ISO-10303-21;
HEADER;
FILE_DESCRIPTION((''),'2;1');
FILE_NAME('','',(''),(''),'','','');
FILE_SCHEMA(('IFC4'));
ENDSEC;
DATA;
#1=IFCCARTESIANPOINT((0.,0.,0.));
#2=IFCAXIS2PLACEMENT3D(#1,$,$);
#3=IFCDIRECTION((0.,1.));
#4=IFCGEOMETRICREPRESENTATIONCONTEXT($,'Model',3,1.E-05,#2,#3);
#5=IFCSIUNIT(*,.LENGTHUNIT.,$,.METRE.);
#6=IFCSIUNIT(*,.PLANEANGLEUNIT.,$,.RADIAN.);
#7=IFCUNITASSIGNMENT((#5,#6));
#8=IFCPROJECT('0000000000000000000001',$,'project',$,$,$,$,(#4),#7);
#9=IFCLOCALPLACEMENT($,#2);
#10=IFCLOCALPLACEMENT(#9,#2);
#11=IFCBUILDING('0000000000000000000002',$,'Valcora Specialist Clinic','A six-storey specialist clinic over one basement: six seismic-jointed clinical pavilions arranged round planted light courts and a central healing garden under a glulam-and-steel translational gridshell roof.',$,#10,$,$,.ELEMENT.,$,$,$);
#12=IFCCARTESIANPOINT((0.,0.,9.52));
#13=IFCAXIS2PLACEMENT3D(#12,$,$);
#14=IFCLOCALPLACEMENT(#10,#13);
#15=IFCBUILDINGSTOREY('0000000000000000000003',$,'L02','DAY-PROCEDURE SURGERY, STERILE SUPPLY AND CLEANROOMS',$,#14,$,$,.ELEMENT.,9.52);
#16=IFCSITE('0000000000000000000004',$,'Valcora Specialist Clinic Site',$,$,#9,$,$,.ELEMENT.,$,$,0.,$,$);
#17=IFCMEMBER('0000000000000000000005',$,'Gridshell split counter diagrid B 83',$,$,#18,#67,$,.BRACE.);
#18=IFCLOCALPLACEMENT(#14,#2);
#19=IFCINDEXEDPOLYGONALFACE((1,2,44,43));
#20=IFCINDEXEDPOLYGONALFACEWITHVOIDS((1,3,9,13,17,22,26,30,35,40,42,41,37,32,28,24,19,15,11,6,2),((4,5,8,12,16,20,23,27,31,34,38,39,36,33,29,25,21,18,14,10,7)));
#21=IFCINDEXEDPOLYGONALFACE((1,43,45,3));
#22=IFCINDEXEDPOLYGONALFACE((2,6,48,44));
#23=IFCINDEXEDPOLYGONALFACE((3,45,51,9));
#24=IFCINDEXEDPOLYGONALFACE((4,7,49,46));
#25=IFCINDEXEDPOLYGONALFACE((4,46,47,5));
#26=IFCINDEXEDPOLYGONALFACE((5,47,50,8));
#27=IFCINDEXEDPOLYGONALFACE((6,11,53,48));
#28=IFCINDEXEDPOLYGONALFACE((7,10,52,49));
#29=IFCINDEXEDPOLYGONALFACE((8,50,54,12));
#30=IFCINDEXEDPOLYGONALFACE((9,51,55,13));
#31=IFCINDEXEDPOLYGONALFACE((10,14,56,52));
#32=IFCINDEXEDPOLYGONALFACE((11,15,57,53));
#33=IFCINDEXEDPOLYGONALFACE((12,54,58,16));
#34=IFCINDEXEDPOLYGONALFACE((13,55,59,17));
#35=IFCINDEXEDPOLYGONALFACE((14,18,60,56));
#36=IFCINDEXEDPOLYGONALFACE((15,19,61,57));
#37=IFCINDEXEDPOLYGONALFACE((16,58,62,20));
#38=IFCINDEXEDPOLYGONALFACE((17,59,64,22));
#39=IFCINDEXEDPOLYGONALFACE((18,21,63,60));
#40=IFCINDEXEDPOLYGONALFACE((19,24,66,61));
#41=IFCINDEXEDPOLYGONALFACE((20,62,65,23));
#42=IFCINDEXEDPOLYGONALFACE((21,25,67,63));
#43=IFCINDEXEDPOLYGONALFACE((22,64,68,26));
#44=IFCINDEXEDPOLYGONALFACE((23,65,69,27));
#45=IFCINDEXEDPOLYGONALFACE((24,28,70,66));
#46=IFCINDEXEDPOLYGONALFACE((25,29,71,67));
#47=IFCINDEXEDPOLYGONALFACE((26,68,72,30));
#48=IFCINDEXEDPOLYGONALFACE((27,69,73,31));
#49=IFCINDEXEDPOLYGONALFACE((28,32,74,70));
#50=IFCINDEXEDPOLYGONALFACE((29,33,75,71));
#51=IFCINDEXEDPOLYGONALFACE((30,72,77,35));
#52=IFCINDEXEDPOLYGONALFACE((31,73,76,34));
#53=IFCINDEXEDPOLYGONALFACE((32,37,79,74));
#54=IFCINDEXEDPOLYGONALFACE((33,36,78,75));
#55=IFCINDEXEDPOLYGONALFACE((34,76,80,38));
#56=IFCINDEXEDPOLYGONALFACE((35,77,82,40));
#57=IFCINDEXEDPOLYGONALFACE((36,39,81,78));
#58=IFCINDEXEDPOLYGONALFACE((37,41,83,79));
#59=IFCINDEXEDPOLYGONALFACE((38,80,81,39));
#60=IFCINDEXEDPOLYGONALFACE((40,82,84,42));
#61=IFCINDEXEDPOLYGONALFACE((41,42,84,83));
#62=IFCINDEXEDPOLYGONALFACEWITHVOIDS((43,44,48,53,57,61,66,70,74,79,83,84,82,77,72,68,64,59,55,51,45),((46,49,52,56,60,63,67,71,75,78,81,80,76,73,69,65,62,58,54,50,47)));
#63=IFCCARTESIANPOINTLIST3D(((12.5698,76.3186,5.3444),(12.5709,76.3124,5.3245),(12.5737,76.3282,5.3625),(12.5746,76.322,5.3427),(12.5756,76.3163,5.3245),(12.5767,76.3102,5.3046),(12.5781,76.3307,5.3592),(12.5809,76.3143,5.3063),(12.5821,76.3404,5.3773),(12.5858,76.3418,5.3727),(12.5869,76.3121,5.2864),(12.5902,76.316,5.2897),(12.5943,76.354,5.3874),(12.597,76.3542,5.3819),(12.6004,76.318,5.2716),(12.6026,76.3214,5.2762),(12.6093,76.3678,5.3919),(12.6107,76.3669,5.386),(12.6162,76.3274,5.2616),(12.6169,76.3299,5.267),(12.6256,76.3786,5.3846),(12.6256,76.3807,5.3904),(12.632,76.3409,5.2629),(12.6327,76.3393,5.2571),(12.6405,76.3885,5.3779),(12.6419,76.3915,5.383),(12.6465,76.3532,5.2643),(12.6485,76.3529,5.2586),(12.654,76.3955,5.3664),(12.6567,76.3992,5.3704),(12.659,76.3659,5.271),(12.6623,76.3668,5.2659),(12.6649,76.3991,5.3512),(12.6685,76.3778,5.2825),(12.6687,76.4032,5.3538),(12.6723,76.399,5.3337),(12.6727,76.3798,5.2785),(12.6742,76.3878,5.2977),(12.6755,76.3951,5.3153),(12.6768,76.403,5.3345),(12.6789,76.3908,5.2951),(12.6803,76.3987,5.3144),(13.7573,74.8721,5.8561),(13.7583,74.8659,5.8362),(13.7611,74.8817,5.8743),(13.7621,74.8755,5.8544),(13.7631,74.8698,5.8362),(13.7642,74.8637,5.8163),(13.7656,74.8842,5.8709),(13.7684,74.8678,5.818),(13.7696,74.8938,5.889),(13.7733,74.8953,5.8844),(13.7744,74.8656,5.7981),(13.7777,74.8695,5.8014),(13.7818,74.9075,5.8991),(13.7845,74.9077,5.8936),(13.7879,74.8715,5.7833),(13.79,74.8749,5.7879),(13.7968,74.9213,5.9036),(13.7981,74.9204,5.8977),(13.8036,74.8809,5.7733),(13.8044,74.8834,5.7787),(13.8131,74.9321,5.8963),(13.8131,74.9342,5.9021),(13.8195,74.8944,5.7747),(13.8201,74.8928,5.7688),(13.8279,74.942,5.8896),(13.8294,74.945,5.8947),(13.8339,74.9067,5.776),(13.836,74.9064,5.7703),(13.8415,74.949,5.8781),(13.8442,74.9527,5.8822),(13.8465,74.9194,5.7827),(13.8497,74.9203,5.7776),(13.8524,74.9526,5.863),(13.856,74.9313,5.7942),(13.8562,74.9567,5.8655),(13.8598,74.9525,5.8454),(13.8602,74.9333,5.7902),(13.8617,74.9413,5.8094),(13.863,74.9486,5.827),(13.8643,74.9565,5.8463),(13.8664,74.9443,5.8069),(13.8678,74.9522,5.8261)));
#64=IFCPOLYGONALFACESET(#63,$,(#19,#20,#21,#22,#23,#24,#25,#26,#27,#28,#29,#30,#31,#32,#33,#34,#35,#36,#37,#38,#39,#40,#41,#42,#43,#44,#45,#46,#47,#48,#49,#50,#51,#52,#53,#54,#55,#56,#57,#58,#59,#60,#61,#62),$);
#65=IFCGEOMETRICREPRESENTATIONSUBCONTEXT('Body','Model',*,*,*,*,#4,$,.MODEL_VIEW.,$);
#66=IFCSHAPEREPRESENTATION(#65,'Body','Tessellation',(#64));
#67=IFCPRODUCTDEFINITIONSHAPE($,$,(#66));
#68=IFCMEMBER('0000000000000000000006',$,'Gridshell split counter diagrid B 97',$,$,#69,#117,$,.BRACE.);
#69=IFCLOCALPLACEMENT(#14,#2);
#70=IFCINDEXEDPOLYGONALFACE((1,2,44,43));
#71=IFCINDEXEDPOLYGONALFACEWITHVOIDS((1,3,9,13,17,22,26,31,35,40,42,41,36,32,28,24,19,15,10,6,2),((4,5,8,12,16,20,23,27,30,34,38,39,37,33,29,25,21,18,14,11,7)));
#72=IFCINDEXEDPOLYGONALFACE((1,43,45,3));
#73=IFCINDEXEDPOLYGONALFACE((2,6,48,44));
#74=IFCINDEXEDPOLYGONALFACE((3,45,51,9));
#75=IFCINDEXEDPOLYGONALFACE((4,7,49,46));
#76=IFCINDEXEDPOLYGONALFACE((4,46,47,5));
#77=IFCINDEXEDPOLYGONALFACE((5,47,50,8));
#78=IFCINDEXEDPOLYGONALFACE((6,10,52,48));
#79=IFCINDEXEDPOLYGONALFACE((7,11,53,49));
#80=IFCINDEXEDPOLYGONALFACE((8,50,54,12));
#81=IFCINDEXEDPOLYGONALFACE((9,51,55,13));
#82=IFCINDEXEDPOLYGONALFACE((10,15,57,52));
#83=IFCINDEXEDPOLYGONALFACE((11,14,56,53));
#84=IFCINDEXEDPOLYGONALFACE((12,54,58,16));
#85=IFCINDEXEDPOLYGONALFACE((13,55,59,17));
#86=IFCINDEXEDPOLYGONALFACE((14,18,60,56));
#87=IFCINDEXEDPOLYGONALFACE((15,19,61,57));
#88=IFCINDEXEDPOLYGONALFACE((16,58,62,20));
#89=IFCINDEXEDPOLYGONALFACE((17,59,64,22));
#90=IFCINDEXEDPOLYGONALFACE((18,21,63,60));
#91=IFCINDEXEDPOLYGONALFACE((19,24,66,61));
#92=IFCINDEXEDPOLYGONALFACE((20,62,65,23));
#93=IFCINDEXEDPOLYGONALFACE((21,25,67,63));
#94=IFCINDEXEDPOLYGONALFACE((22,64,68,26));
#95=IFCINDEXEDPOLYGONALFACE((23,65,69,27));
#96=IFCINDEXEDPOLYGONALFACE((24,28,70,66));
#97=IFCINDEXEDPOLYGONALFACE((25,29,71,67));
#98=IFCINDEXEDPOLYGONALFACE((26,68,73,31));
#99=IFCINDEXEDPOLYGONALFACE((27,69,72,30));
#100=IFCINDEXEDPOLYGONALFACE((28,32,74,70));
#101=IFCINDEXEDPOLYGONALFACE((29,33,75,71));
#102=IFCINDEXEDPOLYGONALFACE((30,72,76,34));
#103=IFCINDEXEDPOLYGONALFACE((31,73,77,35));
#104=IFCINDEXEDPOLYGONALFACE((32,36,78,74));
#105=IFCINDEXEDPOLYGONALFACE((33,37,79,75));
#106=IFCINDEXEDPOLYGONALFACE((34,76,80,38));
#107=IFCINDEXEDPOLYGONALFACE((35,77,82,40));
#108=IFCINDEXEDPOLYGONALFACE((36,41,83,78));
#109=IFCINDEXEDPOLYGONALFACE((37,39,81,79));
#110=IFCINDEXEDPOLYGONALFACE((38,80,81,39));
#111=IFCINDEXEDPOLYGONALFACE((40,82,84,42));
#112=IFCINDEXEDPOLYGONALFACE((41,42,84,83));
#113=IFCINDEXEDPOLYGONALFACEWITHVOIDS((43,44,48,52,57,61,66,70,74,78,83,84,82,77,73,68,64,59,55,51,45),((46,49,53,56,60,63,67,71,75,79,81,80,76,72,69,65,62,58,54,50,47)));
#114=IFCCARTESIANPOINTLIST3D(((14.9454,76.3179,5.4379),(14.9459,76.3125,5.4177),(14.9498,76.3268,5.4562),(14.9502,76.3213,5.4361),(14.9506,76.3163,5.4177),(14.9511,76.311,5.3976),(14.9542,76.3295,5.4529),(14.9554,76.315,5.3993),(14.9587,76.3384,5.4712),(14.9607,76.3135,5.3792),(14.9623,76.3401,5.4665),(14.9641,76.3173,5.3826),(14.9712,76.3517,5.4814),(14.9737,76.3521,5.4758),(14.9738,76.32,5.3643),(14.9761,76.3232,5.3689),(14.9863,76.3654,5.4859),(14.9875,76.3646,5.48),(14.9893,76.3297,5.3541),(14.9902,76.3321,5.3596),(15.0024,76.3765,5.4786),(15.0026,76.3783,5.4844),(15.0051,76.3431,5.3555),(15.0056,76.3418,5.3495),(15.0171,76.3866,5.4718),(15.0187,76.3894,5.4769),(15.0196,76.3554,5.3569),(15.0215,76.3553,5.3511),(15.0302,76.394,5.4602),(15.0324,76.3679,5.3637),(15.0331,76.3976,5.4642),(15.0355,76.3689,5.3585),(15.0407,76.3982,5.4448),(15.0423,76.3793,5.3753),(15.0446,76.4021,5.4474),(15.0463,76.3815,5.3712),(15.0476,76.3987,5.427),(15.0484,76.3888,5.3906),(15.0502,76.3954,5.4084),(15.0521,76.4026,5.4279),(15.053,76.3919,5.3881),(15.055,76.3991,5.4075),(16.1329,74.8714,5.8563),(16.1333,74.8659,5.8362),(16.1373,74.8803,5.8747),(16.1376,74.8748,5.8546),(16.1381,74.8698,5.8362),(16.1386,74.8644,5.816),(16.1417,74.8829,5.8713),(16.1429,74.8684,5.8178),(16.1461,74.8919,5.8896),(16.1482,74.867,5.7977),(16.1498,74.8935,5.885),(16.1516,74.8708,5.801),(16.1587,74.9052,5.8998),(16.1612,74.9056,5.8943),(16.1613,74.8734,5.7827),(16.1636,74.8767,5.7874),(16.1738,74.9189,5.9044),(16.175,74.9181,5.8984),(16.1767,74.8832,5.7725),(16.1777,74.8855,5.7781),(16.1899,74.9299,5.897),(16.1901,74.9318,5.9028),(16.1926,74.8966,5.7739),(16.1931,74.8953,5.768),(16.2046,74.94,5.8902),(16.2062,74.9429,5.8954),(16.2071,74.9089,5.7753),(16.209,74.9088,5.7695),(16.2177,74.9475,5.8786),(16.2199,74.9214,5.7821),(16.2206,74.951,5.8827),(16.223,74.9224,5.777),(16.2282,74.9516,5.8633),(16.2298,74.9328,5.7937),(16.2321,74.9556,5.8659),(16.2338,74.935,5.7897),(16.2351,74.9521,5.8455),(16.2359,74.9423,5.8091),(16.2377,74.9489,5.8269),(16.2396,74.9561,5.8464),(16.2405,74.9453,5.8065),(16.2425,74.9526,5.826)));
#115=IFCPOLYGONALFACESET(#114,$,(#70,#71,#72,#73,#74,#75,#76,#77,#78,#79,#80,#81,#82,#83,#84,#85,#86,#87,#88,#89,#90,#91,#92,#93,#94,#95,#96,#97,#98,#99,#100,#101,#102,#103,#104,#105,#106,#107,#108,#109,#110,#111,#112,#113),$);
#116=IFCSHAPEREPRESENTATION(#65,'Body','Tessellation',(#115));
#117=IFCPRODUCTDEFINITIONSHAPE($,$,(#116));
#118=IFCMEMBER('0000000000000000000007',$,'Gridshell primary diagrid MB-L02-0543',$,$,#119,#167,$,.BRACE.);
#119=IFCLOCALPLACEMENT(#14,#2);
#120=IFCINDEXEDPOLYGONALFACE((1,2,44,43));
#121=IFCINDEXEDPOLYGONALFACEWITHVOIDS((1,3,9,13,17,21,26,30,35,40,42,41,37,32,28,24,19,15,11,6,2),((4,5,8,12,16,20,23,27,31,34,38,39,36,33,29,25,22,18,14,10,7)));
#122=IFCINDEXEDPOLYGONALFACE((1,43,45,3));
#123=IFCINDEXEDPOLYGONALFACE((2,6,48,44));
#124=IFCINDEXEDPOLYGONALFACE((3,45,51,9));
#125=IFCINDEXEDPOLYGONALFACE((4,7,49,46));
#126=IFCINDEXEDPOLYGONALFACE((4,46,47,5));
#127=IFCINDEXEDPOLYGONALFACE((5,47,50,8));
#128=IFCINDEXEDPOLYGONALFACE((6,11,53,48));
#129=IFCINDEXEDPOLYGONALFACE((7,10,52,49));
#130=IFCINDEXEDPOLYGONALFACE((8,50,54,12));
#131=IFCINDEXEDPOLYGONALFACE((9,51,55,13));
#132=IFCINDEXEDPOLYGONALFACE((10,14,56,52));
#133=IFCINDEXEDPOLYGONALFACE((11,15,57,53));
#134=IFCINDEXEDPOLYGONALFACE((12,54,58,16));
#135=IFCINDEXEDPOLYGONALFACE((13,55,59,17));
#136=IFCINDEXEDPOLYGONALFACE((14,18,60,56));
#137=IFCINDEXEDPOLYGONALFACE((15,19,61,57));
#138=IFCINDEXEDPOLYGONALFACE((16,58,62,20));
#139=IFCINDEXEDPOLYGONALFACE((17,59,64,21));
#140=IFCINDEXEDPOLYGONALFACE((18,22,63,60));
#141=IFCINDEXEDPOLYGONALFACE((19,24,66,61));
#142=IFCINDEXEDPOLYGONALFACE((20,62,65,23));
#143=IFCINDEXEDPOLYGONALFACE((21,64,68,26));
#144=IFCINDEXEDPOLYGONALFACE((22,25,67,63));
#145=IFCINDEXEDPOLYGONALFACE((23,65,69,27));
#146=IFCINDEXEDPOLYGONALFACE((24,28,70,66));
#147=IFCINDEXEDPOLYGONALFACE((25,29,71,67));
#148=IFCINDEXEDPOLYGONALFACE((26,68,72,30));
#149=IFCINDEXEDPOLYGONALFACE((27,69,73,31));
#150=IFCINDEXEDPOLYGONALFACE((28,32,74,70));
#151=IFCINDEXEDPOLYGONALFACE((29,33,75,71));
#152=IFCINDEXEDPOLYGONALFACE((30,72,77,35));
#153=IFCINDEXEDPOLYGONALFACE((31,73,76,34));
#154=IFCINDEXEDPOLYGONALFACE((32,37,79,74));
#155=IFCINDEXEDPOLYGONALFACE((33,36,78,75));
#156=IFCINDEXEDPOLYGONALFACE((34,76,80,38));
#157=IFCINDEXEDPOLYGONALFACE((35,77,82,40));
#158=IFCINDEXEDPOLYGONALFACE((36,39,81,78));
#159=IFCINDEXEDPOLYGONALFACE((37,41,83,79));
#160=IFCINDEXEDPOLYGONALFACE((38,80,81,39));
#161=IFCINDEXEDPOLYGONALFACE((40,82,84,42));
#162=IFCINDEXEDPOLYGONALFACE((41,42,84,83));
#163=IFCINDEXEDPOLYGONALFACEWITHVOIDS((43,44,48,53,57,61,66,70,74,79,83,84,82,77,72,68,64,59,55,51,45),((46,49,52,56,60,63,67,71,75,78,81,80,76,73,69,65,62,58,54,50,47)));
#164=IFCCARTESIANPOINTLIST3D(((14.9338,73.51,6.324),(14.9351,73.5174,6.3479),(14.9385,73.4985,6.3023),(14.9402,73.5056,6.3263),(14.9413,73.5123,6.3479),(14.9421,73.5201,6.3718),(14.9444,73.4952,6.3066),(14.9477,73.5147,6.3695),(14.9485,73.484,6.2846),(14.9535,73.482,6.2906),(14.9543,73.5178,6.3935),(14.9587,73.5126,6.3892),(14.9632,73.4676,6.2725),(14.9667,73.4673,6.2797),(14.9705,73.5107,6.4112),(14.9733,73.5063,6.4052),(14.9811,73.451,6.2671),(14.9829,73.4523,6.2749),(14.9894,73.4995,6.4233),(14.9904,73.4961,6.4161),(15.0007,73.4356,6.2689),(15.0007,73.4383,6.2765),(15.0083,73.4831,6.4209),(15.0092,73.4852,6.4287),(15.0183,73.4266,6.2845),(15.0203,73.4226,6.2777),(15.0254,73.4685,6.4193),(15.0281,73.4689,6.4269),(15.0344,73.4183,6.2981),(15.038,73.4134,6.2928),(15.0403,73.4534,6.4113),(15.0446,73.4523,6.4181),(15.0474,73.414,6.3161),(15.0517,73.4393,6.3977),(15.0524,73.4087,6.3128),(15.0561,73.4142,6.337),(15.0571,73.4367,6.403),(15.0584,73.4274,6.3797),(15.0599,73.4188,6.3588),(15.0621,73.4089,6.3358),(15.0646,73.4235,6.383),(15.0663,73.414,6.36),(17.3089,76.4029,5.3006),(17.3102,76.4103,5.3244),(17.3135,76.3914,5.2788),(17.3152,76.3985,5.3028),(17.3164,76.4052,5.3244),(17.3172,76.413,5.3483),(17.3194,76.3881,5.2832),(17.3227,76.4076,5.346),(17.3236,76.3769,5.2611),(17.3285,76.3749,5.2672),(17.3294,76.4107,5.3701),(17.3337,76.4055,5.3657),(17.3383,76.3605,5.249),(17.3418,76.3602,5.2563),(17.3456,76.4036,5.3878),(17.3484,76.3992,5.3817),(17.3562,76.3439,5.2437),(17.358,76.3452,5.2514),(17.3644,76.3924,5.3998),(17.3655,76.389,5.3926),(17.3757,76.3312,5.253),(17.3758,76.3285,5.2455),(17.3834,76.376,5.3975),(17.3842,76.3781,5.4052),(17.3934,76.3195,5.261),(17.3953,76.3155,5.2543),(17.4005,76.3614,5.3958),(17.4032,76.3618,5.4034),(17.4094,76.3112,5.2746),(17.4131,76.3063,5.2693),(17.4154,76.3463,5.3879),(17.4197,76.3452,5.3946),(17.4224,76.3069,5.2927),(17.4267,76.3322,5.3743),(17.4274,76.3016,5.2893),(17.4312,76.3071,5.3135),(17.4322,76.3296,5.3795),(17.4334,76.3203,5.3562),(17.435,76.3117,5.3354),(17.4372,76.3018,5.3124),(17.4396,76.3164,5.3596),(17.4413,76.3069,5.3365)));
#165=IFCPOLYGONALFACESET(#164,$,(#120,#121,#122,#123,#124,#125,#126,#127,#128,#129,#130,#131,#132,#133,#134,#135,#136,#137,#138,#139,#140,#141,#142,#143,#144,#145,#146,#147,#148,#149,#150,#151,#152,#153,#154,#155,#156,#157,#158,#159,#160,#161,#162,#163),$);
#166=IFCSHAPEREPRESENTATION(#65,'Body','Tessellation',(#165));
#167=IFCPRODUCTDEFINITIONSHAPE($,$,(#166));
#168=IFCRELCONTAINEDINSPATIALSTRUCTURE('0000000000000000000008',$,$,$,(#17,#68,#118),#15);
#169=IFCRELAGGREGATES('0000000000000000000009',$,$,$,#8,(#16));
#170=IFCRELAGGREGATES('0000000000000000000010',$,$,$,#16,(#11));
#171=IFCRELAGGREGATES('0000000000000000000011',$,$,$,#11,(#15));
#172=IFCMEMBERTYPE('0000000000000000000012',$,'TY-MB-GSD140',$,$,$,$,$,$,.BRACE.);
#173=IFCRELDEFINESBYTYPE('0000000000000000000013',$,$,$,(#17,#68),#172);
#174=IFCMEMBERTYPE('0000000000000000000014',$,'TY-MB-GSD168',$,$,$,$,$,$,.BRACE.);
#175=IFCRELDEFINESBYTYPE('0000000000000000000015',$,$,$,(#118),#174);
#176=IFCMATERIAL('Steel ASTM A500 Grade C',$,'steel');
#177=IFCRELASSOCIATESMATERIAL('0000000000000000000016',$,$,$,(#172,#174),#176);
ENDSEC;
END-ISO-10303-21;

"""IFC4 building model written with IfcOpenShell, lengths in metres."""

from ifc_helpers import new_model, si_unit, direction, frame, origin, origin_2d, place, context, subcontext, project, spatial, hollow_circle, extrude, material, material_profile, profile_set, type_object, element, save


model = new_model("IFC4")

# Units and contexts
model_context = context("Model", 3, precision=1e-05, world=origin(), true_north=direction((0.0, 1.0)))
body_context = subcontext(model_context, "Body", "Model", "MODEL_VIEW")
ifc_project = project(units=[si_unit("LENGTHUNIT", "METRE"), si_unit("PLANEANGLEUNIT", "RADIAN")], contexts=[model_context])

# Site, building, storey
site_placement = place(None, origin())
site = spatial("IfcSite", under=ifc_project, at=site_placement, Name="Valcora Specialist Clinic Site", CompositionType="ELEMENT", RefElevation=0.0)
building_placement = place(site_placement, origin())
building = spatial("IfcBuilding", under=site, at=building_placement, Name="Valcora Specialist Clinic", Description="A six-storey specialist clinic over one basement: six seismic-jointed clinical pavilions arranged round planted light courts and a central healing garden under a glulam-and-steel translational gridshell roof.", CompositionType="ELEMENT")
storey_placement = place(building_placement, frame((0.0, 0.0, 9.52)))
storey = spatial("IfcBuildingStorey", under=building, at=storey_placement, Name="L02", Description="DAY-PROCEDURE SURGERY, STERILE SUPPLY AND CLEANROOMS", CompositionType="ELEMENT", Elevation=9.52)

# Members
ifc_material_1 = material(Name="Steel ASTM A500 Grade C", Category="steel")
ifc_material_profile_1 = material_profile(ifc_material_1, hollow_circle(Radius=0.0701, WallThickness=0.0061, at=origin_2d()), Name="ST-CHS-140X6")
ifc_profile_set_1 = profile_set([ifc_material_profile_1], Name="Steel ASTM A500 Grade C")
member_type_1 = type_object("IfcMemberType", Name="TY-MB-GSD140", PredefinedType="BRACE", material=ifc_profile_set_1)
member_1_placement = place(storey_placement, frame((13.8125, 74.9104, 5.8362), z_axis=(-0.612043, 0.745549, -0.263742), x_axis=(-0.772916, -0.634508, 0.0)))
element("IfcMember", 1, at=member_1_placement, inside=storey, type_object=member_type_1, Name="Gridshell split counter diagrid B 83", PredefinedType="BRACE", context=body_context, shape_type="SweptSolid", body=[
    extrude(hollow_circle(Radius=0.0701, WallThickness=0.0061, at=origin_2d()), origin(), (0.0, 0.0, 1.0), 1.9402),
])
member_2_placement = place(storey_placement, frame((16.1875, 74.9104, 5.8362), z_axis=(-0.619219, 0.754291, -0.218203), x_axis=(-0.772916, -0.634508, 0.0)))
element("IfcMember", 2, at=member_2_placement, inside=storey, type_object=member_type_1, Name="Gridshell split counter diagrid B 97", PredefinedType="BRACE", context=body_context, shape_type="SweptSolid", body=[
    extrude(hollow_circle(Radius=0.0701, WallThickness=0.0061, at=origin_2d()), origin(), (0.0, 0.0, 1.0), 1.9177),
])
ifc_material_profile_2 = material_profile(ifc_material_1, hollow_circle(Radius=0.084, WallThickness=0.0081, at=origin_2d()), Name="ST-CHS-168X8")
ifc_profile_set_2 = profile_set([ifc_material_profile_2], Name="Steel ASTM A500 Grade C")
member_type_2 = type_object("IfcMemberType", Name="TY-MB-GSD168", PredefinedType="BRACE", material=ifc_profile_set_2)
member_3_placement = place(storey_placement, frame((15.0, 73.4641, 6.3479), z_axis=(0.612071, 0.745521, -0.263754), x_axis=(-0.77289, 0.63454, 0.0)))
element("IfcMember", 3, at=member_3_placement, inside=storey, type_object=member_type_2, Name="Gridshell primary diagrid MB-L02-0543", PredefinedType="BRACE", context=body_context, shape_type="SweptSolid", body=[
    extrude(hollow_circle(Radius=0.084, WallThickness=0.0081, at=origin_2d()), origin(), (0.0, 0.0, 1.0), 3.8804),
])

save(model, "model.ifc")
